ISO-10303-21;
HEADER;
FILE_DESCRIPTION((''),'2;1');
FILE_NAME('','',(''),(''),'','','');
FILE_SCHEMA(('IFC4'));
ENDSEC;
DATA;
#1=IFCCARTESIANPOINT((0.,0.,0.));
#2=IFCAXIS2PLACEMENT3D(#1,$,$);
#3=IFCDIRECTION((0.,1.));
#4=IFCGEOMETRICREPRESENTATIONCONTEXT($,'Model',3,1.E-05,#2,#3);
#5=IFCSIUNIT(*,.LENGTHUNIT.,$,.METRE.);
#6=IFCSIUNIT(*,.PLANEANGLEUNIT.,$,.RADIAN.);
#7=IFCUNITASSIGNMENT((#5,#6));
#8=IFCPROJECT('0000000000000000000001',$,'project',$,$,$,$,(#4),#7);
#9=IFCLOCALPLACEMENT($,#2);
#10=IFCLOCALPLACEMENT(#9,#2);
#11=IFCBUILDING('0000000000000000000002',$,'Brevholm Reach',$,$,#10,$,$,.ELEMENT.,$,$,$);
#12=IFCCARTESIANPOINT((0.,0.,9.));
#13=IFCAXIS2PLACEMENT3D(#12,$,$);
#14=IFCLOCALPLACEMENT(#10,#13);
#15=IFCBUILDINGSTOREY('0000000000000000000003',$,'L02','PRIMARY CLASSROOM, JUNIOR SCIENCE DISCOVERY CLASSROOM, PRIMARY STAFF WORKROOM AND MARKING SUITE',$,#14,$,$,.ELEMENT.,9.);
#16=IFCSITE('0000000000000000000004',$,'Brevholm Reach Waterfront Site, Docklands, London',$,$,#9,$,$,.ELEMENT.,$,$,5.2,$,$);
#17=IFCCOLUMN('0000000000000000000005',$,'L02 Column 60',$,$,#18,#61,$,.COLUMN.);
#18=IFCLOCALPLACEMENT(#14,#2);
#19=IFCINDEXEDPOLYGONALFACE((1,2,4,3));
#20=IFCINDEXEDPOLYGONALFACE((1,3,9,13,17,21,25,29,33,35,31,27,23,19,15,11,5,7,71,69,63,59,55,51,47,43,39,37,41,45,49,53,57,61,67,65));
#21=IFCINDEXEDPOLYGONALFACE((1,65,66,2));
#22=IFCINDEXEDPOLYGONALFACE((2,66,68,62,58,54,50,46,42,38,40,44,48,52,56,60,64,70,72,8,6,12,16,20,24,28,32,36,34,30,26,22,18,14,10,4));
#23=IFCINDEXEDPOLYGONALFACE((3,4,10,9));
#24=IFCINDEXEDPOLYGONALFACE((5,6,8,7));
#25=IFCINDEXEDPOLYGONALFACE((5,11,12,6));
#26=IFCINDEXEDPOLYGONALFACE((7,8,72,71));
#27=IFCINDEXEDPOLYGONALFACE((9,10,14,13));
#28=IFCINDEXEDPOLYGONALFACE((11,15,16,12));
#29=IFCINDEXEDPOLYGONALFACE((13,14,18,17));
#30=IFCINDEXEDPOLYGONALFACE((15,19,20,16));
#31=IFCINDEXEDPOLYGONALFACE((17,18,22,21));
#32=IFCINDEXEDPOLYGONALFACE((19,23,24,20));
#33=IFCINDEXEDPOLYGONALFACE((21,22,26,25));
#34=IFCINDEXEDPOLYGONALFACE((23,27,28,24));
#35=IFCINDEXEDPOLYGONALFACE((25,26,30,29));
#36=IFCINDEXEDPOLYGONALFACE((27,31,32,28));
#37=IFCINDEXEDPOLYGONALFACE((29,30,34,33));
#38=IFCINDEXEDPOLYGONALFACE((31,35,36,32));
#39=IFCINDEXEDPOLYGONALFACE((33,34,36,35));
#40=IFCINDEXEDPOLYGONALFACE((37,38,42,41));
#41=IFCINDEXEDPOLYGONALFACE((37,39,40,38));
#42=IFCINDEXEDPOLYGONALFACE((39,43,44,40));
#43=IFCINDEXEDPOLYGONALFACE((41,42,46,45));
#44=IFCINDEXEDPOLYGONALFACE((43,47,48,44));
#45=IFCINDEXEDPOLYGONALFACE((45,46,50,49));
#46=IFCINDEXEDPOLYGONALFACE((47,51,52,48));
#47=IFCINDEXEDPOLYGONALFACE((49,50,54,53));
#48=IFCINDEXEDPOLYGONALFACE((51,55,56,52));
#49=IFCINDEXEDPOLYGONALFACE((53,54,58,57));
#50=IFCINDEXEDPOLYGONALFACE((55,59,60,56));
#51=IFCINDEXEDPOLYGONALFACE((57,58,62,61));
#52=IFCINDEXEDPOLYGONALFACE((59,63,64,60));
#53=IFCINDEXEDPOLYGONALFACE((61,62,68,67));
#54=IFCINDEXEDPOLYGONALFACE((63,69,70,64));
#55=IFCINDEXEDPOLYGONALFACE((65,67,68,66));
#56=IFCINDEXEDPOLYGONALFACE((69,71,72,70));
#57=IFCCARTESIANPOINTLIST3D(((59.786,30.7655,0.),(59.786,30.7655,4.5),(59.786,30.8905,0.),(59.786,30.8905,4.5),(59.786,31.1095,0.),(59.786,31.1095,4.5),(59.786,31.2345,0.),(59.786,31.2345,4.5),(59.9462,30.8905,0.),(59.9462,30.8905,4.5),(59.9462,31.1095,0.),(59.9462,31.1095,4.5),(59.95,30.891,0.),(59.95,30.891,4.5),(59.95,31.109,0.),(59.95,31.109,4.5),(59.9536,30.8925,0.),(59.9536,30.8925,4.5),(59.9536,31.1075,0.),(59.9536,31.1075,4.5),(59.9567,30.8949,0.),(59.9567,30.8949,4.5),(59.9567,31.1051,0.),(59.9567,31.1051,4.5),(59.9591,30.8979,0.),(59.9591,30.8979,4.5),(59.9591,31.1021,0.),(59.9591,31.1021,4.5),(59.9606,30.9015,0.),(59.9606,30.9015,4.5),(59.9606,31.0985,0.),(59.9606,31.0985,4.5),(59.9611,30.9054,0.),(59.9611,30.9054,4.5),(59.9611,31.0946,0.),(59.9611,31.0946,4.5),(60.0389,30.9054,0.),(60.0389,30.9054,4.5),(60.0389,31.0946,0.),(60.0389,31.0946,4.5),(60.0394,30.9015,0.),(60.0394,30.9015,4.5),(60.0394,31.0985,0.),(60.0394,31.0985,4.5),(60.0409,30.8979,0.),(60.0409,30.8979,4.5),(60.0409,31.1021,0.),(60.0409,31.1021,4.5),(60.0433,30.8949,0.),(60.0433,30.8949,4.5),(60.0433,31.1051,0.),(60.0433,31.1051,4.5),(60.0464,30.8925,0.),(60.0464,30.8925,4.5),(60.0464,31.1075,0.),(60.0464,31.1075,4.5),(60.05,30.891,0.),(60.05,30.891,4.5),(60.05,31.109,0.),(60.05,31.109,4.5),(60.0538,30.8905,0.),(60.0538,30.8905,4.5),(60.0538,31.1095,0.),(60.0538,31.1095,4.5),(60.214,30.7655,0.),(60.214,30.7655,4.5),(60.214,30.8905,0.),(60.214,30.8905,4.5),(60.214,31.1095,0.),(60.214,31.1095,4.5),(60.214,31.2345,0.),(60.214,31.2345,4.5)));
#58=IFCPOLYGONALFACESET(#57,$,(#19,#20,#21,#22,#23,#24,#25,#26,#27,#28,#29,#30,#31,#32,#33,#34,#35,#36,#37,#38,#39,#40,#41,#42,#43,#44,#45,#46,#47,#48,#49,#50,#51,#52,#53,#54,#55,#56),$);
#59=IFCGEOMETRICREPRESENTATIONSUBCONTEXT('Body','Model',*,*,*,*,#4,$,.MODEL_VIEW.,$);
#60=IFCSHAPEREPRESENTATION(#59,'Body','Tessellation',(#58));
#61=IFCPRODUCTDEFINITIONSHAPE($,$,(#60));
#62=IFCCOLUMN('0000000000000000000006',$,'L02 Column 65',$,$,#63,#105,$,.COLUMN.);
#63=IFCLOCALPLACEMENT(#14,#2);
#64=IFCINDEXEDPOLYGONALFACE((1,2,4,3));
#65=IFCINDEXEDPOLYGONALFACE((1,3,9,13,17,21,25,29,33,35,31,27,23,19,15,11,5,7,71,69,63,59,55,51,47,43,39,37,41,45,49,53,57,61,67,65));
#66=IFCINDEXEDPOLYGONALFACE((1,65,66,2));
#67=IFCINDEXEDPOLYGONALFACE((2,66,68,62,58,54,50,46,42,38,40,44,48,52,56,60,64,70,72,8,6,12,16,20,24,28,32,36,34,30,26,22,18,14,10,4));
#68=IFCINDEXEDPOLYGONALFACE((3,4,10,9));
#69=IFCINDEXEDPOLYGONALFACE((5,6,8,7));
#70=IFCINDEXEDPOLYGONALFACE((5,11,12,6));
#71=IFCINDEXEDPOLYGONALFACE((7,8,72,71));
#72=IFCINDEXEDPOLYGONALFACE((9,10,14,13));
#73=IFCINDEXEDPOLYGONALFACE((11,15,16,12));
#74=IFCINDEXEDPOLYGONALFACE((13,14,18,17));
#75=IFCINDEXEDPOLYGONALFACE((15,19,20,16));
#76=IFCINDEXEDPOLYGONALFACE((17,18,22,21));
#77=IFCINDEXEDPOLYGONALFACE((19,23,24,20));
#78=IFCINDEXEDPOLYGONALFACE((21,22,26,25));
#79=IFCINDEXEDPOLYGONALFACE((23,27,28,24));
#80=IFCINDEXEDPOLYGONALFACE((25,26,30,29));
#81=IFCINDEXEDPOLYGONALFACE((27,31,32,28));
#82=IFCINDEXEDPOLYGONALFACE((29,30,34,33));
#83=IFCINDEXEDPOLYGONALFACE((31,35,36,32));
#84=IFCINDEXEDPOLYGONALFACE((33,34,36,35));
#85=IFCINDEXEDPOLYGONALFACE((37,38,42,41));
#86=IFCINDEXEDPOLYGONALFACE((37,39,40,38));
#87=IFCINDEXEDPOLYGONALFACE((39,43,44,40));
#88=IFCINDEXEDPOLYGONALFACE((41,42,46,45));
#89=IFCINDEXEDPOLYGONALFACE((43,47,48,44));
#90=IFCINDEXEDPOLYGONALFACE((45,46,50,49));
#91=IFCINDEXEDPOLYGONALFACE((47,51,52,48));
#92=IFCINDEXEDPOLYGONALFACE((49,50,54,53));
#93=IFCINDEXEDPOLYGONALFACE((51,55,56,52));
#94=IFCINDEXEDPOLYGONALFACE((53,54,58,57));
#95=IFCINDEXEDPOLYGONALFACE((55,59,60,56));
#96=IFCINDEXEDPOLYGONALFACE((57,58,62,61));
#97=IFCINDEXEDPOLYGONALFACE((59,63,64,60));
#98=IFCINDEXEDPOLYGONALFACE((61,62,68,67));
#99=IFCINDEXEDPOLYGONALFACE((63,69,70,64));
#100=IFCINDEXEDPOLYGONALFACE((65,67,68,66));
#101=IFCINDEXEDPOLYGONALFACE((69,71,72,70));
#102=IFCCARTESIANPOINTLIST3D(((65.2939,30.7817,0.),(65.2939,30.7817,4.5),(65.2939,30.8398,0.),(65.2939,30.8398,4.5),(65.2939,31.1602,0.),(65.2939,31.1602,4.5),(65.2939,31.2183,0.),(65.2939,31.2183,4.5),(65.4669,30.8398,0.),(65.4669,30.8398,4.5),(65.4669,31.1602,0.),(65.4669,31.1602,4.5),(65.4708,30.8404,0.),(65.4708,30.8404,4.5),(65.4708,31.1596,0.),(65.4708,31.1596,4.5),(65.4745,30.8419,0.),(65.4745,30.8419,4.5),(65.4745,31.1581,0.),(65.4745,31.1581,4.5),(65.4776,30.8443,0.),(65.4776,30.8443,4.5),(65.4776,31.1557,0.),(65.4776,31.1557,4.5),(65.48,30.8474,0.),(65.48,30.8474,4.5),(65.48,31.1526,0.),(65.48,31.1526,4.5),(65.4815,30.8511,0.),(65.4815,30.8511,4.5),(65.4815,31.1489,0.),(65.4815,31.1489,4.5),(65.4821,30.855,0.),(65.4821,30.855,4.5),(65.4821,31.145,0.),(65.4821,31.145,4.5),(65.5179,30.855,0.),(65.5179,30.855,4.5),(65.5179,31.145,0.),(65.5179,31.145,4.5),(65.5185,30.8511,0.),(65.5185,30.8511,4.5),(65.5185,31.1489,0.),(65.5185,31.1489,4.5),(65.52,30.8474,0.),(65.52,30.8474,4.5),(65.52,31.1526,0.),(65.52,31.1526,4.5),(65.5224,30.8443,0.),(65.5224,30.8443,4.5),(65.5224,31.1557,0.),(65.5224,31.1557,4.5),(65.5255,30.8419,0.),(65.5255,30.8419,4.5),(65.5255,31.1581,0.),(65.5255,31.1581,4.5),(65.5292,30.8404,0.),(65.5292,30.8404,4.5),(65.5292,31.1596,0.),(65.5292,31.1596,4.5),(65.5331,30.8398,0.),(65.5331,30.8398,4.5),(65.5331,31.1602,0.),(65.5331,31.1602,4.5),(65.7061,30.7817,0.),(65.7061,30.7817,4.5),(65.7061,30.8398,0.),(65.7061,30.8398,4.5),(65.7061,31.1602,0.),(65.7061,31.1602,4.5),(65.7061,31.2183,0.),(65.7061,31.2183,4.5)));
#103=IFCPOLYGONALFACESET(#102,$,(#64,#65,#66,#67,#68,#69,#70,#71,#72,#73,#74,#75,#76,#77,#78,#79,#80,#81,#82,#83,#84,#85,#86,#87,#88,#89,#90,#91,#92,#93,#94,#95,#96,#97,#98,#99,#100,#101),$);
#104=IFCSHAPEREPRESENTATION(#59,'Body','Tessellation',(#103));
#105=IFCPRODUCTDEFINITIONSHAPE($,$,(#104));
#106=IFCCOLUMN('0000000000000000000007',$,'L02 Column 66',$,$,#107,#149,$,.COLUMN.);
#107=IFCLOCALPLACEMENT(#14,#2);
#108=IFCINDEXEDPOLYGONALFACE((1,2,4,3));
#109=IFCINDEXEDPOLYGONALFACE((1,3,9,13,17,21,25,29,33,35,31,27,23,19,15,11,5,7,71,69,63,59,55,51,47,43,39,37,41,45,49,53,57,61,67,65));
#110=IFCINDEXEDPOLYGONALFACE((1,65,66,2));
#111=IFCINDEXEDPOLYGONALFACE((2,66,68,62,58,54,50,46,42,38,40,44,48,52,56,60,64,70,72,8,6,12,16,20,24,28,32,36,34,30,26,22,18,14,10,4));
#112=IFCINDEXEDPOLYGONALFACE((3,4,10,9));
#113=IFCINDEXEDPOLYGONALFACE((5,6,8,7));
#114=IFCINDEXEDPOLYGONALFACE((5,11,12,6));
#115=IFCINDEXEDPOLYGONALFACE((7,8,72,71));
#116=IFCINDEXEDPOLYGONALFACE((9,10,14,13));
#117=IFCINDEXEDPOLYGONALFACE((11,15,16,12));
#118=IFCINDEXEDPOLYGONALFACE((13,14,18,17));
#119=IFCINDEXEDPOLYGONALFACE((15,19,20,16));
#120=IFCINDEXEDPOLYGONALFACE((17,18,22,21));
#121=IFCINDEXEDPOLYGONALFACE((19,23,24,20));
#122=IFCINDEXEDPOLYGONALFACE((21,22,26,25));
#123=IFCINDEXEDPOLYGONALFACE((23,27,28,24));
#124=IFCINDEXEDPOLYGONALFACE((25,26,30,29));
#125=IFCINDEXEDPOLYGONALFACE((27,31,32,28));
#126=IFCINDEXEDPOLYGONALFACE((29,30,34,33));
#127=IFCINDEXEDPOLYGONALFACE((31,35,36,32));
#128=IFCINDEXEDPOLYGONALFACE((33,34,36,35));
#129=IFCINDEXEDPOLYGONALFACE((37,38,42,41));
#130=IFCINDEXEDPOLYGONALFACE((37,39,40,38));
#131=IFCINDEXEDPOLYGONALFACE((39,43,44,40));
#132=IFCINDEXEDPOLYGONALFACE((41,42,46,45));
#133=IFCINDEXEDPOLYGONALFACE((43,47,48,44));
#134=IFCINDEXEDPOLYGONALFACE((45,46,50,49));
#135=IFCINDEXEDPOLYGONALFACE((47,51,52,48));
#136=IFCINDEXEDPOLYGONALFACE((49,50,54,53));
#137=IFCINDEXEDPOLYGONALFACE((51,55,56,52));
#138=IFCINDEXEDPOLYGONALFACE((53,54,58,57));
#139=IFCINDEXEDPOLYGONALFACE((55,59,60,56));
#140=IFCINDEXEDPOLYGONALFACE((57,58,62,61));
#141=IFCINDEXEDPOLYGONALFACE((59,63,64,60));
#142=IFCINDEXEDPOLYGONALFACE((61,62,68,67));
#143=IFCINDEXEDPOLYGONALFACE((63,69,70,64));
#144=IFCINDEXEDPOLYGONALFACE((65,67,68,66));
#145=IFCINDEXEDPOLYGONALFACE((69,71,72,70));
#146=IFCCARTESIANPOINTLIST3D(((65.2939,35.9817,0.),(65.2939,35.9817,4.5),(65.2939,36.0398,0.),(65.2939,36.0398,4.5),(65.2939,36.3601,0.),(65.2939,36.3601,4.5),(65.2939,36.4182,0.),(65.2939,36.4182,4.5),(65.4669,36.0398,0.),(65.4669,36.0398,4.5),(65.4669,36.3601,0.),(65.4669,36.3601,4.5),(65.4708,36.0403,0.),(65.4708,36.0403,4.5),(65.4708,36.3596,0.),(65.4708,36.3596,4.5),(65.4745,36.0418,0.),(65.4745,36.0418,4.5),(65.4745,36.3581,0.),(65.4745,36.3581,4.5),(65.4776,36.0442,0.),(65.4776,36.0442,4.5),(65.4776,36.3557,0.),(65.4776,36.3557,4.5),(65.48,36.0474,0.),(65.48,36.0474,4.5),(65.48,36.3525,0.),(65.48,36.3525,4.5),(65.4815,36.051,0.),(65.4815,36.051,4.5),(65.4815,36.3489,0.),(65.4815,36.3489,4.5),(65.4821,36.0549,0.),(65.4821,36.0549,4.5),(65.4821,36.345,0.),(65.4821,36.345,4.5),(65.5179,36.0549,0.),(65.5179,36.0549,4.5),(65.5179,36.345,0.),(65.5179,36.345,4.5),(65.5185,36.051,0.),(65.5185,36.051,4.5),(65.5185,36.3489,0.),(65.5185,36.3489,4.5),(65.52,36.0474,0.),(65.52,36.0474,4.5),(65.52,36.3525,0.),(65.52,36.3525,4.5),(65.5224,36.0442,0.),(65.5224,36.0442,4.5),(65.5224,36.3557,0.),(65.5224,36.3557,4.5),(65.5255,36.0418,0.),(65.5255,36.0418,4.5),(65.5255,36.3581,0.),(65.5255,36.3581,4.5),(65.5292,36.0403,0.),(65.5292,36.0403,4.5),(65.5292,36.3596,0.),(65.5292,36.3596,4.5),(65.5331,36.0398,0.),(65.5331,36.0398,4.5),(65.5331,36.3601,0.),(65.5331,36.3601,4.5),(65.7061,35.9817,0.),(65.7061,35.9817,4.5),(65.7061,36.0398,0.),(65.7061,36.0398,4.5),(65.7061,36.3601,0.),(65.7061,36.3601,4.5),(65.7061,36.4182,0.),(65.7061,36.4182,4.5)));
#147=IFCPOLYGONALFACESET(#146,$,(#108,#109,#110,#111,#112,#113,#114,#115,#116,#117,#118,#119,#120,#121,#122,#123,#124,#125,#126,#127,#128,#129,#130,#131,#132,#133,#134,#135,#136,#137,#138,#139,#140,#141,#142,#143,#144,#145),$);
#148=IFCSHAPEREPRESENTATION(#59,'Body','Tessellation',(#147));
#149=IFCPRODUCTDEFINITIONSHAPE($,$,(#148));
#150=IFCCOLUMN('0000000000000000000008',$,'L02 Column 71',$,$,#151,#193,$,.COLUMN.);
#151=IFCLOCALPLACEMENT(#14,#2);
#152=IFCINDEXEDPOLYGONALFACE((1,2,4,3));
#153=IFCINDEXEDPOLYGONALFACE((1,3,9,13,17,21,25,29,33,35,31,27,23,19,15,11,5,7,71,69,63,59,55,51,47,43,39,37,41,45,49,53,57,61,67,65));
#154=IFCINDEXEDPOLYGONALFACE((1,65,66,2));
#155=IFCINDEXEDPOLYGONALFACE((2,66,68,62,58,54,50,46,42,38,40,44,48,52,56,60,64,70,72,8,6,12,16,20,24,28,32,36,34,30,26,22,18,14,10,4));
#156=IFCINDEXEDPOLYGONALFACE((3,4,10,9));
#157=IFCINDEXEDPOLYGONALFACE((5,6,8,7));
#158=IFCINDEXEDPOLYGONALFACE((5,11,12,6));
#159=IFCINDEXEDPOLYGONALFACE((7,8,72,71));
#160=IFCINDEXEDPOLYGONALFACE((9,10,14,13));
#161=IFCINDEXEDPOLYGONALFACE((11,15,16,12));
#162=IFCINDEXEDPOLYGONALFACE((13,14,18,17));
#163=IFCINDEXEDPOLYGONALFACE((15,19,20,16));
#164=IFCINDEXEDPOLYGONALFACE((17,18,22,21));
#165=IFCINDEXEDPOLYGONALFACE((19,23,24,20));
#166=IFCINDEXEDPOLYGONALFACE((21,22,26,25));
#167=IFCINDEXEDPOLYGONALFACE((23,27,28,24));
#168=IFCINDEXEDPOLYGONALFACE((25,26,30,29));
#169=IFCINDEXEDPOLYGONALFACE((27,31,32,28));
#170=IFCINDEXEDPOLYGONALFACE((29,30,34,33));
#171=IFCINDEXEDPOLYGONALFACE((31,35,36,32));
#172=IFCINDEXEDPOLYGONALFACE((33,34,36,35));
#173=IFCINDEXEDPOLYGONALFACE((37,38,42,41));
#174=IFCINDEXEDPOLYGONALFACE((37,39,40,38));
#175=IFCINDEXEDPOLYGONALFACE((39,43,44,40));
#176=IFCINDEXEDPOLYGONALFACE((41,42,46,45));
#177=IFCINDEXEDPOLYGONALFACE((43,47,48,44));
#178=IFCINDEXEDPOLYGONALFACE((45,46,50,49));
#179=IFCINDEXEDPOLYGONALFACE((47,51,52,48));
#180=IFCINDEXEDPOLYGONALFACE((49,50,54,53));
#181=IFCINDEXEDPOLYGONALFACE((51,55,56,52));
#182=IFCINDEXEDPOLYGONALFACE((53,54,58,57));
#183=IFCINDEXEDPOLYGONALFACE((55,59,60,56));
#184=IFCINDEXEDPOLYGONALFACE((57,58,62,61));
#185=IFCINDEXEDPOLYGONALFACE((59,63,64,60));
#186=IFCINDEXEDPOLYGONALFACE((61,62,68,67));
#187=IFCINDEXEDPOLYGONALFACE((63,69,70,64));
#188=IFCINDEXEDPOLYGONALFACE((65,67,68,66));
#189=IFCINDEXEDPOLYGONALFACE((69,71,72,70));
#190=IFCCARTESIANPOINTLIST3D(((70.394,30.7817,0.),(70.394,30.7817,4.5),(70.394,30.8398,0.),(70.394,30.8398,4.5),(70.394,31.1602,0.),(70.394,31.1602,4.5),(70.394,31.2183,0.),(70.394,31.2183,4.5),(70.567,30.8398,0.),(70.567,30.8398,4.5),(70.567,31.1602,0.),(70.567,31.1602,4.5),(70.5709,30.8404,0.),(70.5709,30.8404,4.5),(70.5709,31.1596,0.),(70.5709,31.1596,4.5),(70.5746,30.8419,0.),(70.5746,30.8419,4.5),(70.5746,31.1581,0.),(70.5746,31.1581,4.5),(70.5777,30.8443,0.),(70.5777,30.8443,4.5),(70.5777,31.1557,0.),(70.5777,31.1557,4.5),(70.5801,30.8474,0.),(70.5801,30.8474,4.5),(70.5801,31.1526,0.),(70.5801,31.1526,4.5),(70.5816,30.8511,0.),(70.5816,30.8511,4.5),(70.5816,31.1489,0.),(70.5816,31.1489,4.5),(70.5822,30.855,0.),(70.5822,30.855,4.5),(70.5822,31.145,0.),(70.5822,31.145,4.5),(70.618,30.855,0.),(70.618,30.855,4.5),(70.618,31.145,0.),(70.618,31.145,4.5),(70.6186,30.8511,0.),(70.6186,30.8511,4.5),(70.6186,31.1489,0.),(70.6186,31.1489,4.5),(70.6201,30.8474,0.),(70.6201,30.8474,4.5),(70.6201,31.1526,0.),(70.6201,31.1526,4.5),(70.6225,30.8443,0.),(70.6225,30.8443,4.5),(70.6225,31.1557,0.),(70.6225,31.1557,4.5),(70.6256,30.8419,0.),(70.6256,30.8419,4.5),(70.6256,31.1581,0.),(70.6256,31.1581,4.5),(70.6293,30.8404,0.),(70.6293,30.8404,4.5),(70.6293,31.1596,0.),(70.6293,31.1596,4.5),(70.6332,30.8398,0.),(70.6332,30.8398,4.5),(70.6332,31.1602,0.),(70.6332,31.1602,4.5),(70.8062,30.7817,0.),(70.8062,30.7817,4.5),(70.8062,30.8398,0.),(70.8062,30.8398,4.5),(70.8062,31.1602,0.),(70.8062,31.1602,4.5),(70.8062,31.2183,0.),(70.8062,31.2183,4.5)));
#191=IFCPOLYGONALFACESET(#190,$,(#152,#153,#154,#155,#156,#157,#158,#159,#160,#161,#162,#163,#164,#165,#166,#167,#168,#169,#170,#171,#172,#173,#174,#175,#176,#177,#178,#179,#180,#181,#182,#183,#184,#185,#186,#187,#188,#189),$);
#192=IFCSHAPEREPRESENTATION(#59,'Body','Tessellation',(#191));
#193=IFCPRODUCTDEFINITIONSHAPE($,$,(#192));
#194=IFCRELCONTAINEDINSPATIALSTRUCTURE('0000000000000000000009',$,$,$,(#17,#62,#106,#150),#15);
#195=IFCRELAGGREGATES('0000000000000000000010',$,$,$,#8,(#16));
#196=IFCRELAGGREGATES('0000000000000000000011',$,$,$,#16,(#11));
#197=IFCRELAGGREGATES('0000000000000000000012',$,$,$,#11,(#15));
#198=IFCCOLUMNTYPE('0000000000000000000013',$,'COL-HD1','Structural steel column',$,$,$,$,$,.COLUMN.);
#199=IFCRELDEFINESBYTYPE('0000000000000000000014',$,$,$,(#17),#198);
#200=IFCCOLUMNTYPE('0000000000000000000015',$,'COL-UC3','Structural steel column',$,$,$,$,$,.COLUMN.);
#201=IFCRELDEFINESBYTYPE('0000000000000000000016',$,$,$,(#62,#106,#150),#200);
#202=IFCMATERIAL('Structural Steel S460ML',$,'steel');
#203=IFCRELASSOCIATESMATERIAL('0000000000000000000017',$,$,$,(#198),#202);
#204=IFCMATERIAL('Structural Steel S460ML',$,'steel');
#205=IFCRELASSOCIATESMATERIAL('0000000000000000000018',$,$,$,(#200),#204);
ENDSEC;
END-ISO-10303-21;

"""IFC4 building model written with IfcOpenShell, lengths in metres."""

from ifc_helpers import new_model, si_unit, direction, frame, origin, origin_2d, place, context, subcontext, project, spatial, i_section, extrude, material, material_profile, profile_set, type_object, element, save


model = new_model("IFC4")

# Units and contexts
model_context = context("Model", 3, precision=1e-05, world=origin(), true_north=direction((0.0, 1.0)))
body_context = subcontext(model_context, "Body", "Model", "MODEL_VIEW")
ifc_project = project(units=[si_unit("LENGTHUNIT", "METRE"), si_unit("PLANEANGLEUNIT", "RADIAN")], contexts=[model_context])

# Site, building, storey
site_placement = place(None, origin())
site = spatial("IfcSite", under=ifc_project, at=site_placement, Name="Brevholm Reach Waterfront Site, Docklands, London", CompositionType="ELEMENT", RefElevation=5.2)
building_placement = place(site_placement, origin())
building = spatial("IfcBuilding", under=site, at=building_placement, Name="Brevholm Reach", CompositionType="ELEMENT")
storey_placement = place(building_placement, frame((0.0, 0.0, 9.0)))
storey = spatial("IfcBuildingStorey", under=building, at=storey_placement, Name="L02", Description="PRIMARY CLASSROOM, JUNIOR SCIENCE DISCOVERY CLASSROOM, PRIMARY STAFF WORKROOM AND MARKING SUITE", CompositionType="ELEMENT", Elevation=9.0)

# Columns
ifc_material_1 = material(Name="Structural Steel S460ML", Category="steel")
ifc_material_profile_1 = material_profile(ifc_material_1, i_section(OverallWidth=0.428, OverallDepth=0.469, WebThickness=0.0779, FlangeThickness=0.125, FilletRadius=0.0149, at=origin_2d()), Name="HD 400x1086")
ifc_profile_set_1 = profile_set([ifc_material_profile_1], Name="Structural Steel S460ML")
column_type_1 = type_object("IfcColumnType", Name="COL-HD1", Description="Structural steel column", PredefinedType="COLUMN", material=ifc_profile_set_1)
column_placement = place(storey_placement, frame((60.0, 31.0, 0.0), z_axis=(0.0, 0.0, 1.0), x_axis=(1.0, 0.0, 0.0)))
element("IfcColumn", 1, at=column_placement, inside=storey, type_object=column_type_1, Name="L02 Column 60", PredefinedType="COLUMN", context=body_context, shape_type="SweptSolid", body=[
    extrude(i_section(OverallWidth=0.428, OverallDepth=0.469, WebThickness=0.0779, FlangeThickness=0.125, FilletRadius=0.0149, at=origin_2d()), origin(), (0.0, 0.0, 1.0), 4.5),
])
ifc_material_2 = material(Name="Structural Steel S460ML", Category="steel")
ifc_material_profile_2 = material_profile(ifc_material_2, i_section(OverallWidth=0.4121, OverallDepth=0.4365, WebThickness=0.0359, FlangeThickness=0.0581, FilletRadius=0.0151, at=origin_2d()), Name="UKC 356x406x467")
ifc_profile_set_2 = profile_set([ifc_material_profile_2], Name="Structural Steel S460ML")
column_type_2 = type_object("IfcColumnType", Name="COL-UC3", Description="Structural steel column", PredefinedType="COLUMN", material=ifc_profile_set_2)
for number, where, z_axis, x_axis, name in (
    (2, (65.5, 31.0, 0.0), (0.0, 0.0, 1.0), (1.0, 0.0, 0.0), "L02 Column 65"),
    (3, (65.5, 36.2, 0.0), (0.0, 0.0, 1.0), (1.0, 0.0, 0.0), "L02 Column 66"),
    (4, (70.6001, 31.0, 0.0), (0.0, 0.0, 1.0), (1.0, 0.0, 0.0), "L02 Column 71"),
):
    element("IfcColumn", number, at=place(storey_placement, frame(where, z_axis=z_axis, x_axis=x_axis)), inside=storey, type_object=column_type_2, Name=name, PredefinedType="COLUMN", context=body_context, shape_type="SweptSolid", body=[
        extrude(i_section(OverallWidth=0.4121, OverallDepth=0.4365, WebThickness=0.0359, FlangeThickness=0.0581, FilletRadius=0.0151, at=origin_2d()), origin(), (0.0, 0.0, 1.0), 4.5),
    ])

save(model, "model.ifc")
